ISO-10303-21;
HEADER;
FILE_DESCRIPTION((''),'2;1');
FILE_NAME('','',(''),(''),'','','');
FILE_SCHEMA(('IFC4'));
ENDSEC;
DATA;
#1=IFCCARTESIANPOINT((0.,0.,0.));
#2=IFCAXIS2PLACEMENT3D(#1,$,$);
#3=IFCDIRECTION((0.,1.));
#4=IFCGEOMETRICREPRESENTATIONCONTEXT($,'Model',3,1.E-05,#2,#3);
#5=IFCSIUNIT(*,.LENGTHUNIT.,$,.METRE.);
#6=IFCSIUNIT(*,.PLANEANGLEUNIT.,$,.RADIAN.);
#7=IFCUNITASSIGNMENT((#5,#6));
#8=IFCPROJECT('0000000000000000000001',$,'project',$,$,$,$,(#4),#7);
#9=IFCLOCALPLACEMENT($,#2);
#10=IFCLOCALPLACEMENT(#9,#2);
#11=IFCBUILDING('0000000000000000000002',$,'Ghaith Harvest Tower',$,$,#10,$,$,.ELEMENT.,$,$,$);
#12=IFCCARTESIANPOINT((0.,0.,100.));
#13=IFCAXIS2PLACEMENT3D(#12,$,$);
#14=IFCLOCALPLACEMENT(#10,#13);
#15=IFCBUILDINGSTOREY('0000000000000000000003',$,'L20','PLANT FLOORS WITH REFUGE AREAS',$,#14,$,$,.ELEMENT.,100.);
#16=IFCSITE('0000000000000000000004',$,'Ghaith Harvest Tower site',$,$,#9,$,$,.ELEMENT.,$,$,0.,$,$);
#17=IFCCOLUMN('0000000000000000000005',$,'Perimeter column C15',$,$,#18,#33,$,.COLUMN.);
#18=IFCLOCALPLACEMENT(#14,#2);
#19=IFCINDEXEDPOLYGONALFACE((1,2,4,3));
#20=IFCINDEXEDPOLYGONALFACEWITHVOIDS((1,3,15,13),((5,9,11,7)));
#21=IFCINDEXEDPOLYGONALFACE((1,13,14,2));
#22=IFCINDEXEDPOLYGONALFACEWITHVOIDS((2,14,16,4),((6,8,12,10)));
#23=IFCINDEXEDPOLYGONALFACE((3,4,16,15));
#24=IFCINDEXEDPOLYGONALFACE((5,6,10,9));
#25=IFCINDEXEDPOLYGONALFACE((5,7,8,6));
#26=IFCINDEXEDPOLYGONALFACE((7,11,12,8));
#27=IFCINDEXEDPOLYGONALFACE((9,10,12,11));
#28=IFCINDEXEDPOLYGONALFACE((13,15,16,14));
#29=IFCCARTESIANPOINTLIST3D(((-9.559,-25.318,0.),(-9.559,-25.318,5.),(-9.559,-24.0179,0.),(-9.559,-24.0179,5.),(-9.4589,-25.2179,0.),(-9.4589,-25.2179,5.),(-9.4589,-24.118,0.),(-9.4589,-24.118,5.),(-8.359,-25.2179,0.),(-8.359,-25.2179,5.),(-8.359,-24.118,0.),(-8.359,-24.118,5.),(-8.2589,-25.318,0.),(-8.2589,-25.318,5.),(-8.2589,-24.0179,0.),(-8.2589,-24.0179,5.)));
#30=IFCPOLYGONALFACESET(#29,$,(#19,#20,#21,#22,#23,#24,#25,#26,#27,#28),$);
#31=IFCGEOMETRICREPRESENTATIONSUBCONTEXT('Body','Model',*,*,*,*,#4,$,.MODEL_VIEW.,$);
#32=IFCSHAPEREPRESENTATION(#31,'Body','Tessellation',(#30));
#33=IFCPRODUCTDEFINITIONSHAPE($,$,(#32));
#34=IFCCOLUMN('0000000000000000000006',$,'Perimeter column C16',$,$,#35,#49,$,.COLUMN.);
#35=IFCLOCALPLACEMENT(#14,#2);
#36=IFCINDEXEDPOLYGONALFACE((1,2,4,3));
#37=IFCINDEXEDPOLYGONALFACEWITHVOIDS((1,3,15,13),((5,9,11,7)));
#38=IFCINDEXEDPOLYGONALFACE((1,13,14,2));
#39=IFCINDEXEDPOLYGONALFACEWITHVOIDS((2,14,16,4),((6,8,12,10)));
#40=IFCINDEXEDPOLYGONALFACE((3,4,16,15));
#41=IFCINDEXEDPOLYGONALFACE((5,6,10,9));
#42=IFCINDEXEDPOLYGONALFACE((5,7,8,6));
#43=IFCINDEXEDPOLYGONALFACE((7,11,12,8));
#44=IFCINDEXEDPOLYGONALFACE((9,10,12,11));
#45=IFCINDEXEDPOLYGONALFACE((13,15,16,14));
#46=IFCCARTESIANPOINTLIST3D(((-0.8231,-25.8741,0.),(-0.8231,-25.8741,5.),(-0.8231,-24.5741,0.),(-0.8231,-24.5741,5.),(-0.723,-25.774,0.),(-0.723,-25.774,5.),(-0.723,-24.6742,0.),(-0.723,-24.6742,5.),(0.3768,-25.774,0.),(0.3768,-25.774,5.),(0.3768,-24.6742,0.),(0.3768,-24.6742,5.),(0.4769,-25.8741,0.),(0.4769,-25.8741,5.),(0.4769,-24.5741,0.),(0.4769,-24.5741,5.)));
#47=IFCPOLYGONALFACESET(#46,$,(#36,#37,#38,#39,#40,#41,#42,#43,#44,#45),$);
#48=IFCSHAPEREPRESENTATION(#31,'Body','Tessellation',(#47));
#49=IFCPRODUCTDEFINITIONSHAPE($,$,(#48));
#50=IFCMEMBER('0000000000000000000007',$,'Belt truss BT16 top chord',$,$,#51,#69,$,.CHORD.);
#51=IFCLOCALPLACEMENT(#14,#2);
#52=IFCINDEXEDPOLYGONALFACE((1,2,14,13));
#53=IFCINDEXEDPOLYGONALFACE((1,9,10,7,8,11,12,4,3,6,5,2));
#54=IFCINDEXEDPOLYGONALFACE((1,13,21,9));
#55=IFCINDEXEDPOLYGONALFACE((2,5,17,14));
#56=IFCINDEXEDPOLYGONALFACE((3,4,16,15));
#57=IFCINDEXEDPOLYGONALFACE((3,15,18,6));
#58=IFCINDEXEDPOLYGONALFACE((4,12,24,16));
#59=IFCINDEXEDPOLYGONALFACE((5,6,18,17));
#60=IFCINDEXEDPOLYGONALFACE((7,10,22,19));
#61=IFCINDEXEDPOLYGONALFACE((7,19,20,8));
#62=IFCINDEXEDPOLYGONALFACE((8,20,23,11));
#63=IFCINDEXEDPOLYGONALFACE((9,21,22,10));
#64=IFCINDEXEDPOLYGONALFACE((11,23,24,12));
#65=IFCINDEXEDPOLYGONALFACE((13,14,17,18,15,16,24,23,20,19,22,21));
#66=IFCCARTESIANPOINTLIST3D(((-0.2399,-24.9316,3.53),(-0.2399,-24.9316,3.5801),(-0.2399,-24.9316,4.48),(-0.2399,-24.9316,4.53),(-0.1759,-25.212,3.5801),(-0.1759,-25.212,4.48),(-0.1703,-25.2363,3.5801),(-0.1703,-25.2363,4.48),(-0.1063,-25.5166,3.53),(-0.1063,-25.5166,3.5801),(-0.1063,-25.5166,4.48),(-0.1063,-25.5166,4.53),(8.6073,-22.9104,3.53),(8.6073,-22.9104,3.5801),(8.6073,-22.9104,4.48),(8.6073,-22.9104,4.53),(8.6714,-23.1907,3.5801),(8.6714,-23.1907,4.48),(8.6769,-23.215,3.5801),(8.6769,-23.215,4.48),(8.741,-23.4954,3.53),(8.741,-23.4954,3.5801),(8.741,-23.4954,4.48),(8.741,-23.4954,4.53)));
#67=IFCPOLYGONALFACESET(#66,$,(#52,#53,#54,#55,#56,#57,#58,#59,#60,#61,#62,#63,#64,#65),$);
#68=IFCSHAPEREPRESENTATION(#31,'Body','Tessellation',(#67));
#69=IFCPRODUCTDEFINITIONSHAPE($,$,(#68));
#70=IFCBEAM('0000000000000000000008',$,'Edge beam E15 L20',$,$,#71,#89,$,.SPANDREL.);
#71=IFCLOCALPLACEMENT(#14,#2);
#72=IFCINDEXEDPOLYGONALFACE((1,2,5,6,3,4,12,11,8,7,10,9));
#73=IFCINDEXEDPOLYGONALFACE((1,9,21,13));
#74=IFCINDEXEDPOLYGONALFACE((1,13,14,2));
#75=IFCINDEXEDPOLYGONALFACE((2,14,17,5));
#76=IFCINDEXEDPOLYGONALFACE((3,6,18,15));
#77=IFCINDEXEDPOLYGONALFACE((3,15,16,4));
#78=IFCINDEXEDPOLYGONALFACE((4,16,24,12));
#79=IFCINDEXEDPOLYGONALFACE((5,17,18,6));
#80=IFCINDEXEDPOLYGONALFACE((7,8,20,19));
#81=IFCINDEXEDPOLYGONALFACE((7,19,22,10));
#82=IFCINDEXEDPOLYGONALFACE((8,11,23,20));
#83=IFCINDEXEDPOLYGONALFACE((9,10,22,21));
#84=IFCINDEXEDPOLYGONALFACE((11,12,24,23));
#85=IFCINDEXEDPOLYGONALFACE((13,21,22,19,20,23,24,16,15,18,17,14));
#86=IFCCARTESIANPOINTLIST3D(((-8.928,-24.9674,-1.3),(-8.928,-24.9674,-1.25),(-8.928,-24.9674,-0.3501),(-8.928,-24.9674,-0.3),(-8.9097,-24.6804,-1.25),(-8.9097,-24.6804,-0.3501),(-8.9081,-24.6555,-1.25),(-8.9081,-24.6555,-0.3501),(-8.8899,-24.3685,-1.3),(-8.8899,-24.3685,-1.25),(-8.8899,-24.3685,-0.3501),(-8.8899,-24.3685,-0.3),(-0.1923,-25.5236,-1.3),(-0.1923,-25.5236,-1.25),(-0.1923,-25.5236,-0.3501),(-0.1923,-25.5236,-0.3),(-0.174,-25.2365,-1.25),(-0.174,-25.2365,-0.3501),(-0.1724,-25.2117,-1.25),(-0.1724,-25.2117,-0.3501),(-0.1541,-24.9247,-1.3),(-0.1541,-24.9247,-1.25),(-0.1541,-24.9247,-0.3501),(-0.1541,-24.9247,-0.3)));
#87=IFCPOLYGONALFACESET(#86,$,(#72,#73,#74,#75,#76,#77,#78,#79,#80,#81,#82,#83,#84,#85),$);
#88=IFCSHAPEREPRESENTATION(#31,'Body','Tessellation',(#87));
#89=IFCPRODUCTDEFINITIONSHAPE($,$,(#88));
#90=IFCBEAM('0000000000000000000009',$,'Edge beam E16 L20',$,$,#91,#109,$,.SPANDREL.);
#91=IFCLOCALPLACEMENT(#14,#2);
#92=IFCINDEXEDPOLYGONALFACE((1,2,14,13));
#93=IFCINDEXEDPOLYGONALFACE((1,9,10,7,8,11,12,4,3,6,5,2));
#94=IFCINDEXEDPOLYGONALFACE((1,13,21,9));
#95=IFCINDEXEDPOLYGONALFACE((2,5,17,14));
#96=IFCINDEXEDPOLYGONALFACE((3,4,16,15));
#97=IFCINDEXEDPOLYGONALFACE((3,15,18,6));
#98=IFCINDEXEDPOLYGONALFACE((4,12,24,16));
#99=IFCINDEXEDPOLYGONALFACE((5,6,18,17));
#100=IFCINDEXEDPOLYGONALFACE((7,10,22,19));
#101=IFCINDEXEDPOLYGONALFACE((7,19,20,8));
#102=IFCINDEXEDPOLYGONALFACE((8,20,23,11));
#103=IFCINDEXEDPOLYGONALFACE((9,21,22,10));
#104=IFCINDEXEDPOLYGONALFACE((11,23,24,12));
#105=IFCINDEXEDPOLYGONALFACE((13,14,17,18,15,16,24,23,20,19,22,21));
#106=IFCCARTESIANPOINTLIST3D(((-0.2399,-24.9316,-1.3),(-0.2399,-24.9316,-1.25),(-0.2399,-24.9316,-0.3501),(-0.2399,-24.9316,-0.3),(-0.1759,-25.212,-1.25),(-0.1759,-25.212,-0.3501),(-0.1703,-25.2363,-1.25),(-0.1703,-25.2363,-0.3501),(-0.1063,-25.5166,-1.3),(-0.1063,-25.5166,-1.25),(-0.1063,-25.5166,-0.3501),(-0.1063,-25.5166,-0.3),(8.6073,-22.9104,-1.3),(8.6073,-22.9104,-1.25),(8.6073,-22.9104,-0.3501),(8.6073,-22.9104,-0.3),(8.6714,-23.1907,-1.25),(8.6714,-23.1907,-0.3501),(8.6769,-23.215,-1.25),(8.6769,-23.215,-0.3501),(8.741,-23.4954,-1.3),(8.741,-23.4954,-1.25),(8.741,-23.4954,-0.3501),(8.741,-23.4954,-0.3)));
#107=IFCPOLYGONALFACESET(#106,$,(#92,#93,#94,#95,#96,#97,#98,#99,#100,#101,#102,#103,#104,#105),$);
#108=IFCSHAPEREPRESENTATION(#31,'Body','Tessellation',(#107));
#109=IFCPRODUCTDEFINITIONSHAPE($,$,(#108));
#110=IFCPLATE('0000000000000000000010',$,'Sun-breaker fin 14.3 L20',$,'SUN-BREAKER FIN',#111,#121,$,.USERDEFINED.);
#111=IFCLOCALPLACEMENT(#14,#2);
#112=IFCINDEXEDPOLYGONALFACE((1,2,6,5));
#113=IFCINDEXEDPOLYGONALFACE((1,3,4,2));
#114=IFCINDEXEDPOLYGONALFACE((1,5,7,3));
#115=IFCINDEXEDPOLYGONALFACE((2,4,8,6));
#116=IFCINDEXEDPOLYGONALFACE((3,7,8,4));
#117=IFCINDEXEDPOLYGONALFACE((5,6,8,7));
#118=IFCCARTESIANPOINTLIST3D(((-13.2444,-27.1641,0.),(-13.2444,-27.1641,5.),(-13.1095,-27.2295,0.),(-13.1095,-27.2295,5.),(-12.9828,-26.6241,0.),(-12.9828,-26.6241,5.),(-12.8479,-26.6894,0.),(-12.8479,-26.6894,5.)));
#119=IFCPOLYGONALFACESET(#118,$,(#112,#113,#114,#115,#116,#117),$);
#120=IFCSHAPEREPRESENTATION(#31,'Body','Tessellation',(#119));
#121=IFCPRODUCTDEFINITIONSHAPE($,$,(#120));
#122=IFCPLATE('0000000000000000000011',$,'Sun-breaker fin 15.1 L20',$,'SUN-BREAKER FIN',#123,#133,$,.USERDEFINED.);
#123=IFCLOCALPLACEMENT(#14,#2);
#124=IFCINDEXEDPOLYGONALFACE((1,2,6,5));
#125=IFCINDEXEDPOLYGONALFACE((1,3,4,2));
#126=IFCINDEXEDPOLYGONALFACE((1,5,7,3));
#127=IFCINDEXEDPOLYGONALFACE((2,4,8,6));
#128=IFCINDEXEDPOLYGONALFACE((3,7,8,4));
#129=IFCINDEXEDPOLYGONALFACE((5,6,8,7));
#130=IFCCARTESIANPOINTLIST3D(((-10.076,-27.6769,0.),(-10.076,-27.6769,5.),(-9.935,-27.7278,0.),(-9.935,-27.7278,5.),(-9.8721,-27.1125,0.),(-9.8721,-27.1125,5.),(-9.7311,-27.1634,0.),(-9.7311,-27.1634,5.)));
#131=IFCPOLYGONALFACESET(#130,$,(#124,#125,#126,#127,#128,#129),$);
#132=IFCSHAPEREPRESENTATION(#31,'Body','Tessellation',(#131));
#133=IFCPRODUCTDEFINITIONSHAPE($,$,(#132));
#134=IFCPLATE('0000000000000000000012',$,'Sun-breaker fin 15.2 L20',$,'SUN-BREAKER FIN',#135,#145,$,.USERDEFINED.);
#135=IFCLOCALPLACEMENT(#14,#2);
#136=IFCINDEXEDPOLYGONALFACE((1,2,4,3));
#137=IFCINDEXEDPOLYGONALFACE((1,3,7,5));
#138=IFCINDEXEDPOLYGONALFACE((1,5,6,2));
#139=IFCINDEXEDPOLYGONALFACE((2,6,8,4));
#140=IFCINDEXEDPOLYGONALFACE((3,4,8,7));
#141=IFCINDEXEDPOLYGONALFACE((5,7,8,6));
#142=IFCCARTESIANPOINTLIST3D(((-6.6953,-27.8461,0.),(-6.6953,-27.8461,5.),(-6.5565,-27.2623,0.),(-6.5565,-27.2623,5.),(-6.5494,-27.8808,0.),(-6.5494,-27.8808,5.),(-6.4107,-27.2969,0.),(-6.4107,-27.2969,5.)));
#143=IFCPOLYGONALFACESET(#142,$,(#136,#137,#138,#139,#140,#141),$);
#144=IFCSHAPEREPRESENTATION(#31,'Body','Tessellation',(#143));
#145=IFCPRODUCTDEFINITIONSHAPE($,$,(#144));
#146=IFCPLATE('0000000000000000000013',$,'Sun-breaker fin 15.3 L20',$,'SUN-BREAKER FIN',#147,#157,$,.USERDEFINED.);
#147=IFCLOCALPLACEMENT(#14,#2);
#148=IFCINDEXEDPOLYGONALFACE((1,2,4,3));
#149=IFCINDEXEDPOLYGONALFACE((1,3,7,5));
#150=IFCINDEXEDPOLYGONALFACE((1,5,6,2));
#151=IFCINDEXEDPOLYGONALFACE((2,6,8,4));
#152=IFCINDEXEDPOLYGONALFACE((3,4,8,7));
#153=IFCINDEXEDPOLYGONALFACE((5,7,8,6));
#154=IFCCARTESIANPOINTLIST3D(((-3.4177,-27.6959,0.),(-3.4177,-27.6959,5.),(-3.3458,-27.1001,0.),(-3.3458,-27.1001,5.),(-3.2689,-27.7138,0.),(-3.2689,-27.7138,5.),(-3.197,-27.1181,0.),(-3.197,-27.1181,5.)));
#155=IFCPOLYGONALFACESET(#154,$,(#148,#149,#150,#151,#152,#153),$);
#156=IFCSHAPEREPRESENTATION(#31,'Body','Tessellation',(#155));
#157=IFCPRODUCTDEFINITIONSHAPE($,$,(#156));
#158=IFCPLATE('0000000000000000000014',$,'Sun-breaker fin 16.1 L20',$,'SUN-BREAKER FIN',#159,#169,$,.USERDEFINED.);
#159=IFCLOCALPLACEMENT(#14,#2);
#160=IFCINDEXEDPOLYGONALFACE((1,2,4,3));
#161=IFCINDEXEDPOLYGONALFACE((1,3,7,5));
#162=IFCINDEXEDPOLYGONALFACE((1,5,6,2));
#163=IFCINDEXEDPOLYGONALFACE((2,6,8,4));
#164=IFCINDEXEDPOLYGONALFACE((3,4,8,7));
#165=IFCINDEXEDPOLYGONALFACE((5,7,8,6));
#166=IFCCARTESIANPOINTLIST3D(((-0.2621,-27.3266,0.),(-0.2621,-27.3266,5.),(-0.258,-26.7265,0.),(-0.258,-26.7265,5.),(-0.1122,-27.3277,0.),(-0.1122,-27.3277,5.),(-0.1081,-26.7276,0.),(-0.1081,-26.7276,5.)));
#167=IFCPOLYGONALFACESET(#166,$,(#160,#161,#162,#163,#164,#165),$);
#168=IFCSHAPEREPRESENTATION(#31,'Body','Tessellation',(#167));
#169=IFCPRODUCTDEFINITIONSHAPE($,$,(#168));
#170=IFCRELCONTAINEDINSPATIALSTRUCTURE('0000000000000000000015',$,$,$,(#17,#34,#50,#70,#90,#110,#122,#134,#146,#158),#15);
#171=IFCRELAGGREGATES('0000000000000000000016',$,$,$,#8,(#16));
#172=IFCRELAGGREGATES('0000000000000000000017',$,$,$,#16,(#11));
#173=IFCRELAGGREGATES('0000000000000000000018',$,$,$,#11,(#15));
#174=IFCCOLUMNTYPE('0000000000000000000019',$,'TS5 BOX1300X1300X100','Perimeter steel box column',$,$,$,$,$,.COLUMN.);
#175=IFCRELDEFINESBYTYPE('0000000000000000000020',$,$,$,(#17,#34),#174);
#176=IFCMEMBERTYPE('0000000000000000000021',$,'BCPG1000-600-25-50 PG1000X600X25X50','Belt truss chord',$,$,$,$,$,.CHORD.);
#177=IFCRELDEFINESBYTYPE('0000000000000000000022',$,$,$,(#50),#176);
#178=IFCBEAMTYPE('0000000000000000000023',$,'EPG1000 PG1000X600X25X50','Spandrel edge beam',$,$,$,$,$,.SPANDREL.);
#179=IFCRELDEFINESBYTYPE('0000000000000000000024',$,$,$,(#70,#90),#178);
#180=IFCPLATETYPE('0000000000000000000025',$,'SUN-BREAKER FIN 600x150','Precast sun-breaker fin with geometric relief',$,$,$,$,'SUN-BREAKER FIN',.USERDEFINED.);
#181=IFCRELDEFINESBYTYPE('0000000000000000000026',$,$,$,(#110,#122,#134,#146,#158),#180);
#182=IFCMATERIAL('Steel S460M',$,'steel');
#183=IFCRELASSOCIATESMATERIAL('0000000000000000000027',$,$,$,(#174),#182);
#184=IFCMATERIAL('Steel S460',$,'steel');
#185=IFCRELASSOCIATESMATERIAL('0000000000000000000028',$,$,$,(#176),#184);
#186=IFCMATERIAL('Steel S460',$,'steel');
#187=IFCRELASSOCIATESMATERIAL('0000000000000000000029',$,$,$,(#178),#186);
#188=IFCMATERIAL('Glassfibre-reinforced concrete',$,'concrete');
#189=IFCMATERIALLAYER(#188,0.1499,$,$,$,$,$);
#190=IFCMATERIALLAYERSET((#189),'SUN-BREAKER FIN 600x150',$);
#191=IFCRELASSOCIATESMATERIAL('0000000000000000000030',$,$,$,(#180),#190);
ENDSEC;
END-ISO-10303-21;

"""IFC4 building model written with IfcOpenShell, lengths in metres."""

from ifc_helpers import new_model, si_unit, direction, frame, origin, origin_2d, place, context, subcontext, project, spatial, rectangle, hollow_rectangle, i_section, extrude, material, layer, layer_set, material_profile, profile_set, type_object, element, save


model = new_model("IFC4")

# Units and contexts
model_context = context("Model", 3, precision=1e-05, world=origin(), true_north=direction((0.0, 1.0)))
body_context = subcontext(model_context, "Body", "Model", "MODEL_VIEW")
ifc_project = project(units=[si_unit("LENGTHUNIT", "METRE"), si_unit("PLANEANGLEUNIT", "RADIAN")], contexts=[model_context])

# Site, building, storey
site_placement = place(None, origin())
site = spatial("IfcSite", under=ifc_project, at=site_placement, Name="Ghaith Harvest Tower site", CompositionType="ELEMENT", RefElevation=0.0)
building_placement = place(site_placement, origin())
building = spatial("IfcBuilding", under=site, at=building_placement, Name="Ghaith Harvest Tower", CompositionType="ELEMENT")
storey_placement = place(building_placement, frame((0.0, 0.0, 100.0)))
storey = spatial("IfcBuildingStorey", under=building, at=storey_placement, Name="L20", Description="PLANT FLOORS WITH REFUGE AREAS", CompositionType="ELEMENT", Elevation=100.0)

# Columns
ifc_material_1 = material(Name="Steel S460M", Category="steel")
ifc_material_profile_1 = material_profile(ifc_material_1, hollow_rectangle(XDim=1.3, YDim=1.3, WallThickness=0.1001, at=origin_2d()), Name="BOX1300X1300X100")
ifc_profile_set_1 = profile_set([ifc_material_profile_1], Name="Steel S460M")
column_type = type_object("IfcColumnType", Name="TS5 BOX1300X1300X100", Description="Perimeter steel box column", PredefinedType="COLUMN", material=ifc_profile_set_1)
for number, where, z_axis, x_axis, name in (
    (1, (-8.9089, -24.668, 0.0), (0.0, 0.0, 1.0), (1.0, 0.0, 0.0), "Perimeter column C15"),
    (2, (-0.1731, -25.2241, 0.0), (0.0, 0.0, 1.0), (1.0, 0.0, 0.0), "Perimeter column C16"),
):
    element("IfcColumn", number, at=place(storey_placement, frame(where, z_axis=z_axis, x_axis=x_axis)), inside=storey, type_object=column_type, Name=name, PredefinedType="COLUMN", context=body_context, shape_type="SweptSolid", body=[
        extrude(hollow_rectangle(XDim=1.3, YDim=1.3, WallThickness=0.1001, at=origin_2d()), origin(), (0.0, 0.0, 1.0), 5.0),
    ])

# Member
ifc_material_2 = material(Name="Steel S460", Category="steel")
ifc_material_profile_2 = material_profile(ifc_material_2, i_section(OverallWidth=0.6001, OverallDepth=1.0, WebThickness=0.0249, FlangeThickness=0.05, at=origin_2d()), Name="PG1000X600X25X50")
ifc_profile_set_2 = profile_set([ifc_material_profile_2], Name="Steel S460")
member_type = type_object("IfcMemberType", Name="BCPG1000-600-25-50 PG1000X600X25X50", Description="Belt truss chord", PredefinedType="CHORD", material=ifc_profile_set_2)
member_placement = place(storey_placement, frame((-0.1731, -25.2241, 4.03), z_axis=(0.974882, 0.222723, 0.0), x_axis=(-0.222723, 0.974882, 0.0)))
element("IfcMember", 3, at=member_placement, inside=storey, type_object=member_type, Name="Belt truss BT16 top chord", PredefinedType="CHORD", context=body_context, shape_type="SweptSolid", body=[
    extrude(i_section(OverallWidth=0.6001, OverallDepth=1.0, WebThickness=0.0249, FlangeThickness=0.05, at=origin_2d()), origin(), (0.0, 0.0, 1.0), 9.0752),
])

# Beams
ifc_material_3 = material(Name="Steel S460", Category="steel")
ifc_material_profile_3 = material_profile(ifc_material_3, i_section(OverallWidth=0.6001, OverallDepth=1.0, WebThickness=0.0249, FlangeThickness=0.05, at=origin_2d()), Name="PG1000X600X25X50")
ifc_profile_set_3 = profile_set([ifc_material_profile_3], Name="Steel S460")
beam_type = type_object("IfcBeamType", Name="EPG1000 PG1000X600X25X50", Description="Spandrel edge beam", PredefinedType="SPANDREL", material=ifc_profile_set_3)
beam_1_placement = place(storey_placement, frame((-8.9089, -24.668, -0.8), z_axis=(0.99798, -0.063535, 0.0), x_axis=(0.063535, 0.99798, 0.0)))
element("IfcBeam", 4, at=beam_1_placement, inside=storey, type_object=beam_type, Name="Edge beam E15 L20", PredefinedType="SPANDREL", context=body_context, shape_type="SweptSolid", body=[
    extrude(i_section(OverallWidth=0.6001, OverallDepth=1.0, WebThickness=0.0249, FlangeThickness=0.05, at=origin_2d()), origin(), (0.0, 0.0, 1.0), 8.7534),
])
beam_2_placement = place(storey_placement, frame((-0.1731, -25.2241, -0.8), z_axis=(0.974882, 0.222723, 0.0), x_axis=(-0.222723, 0.974882, 0.0)))
element("IfcBeam", 5, at=beam_2_placement, inside=storey, type_object=beam_type, Name="Edge beam E16 L20", PredefinedType="SPANDREL", context=body_context, shape_type="SweptSolid", body=[
    extrude(i_section(OverallWidth=0.6001, OverallDepth=1.0, WebThickness=0.0249, FlangeThickness=0.05, at=origin_2d()), origin(), (0.0, 0.0, 1.0), 9.0752),
])

# Plates
ifc_material_4 = material(Name="Glassfibre-reinforced concrete", Category="concrete")
ifc_layer_1 = layer(ifc_material_4, 0.1499)
ifc_layer_set_1 = layer_set([ifc_layer_1], Name="SUN-BREAKER FIN 600x150")
plate_type = type_object("IfcPlateType", Name="SUN-BREAKER FIN 600x150", Description="Precast sun-breaker fin with geometric relief", ElementType="SUN-BREAKER FIN", PredefinedType="USERDEFINED", material=ifc_layer_set_1)
for number, where, z_axis, x_axis, name in (
    (6, (-13.0461, -26.9268, 0.0), (0.0, 0.0, 1.0), (-0.436023, -0.899935, 0.0), "Sun-breaker fin 14.3 L20"),
    (7, (-9.9036, -27.4202, 0.0), (0.0, 0.0, 1.0), (-0.339699, -0.940534, 0.0), "Sun-breaker fin 15.1 L20"),
    (8, (-6.553, -27.5715, 0.0), (0.0, 0.0, 1.0), (-0.231234, -0.972898, 0.0), "Sun-breaker fin 15.2 L20"),
    (9, (-3.3074, -27.407, 0.0), (0.0, 0.0, 1.0), (-0.119807, -0.992797, 0.0), "Sun-breaker fin 15.3 L20"),
    (10, (-0.1851, -27.0271, 0.0), (0.0, 0.0, 1.0), (-0.006844, -0.999977, 0.0), "Sun-breaker fin 16.1 L20"),
):
    element("IfcPlate", number, at=place(storey_placement, frame(where, z_axis=z_axis, x_axis=x_axis)), inside=storey, type_object=plate_type, Name=name, ObjectType="SUN-BREAKER FIN", PredefinedType="USERDEFINED", context=body_context, shape_type="SweptSolid", body=[
        extrude(rectangle(XDim=0.6001, YDim=0.1499, at=origin_2d()), origin(), (0.0, 0.0, 1.0), 5.0),
    ])

save(model, "model.ifc")
